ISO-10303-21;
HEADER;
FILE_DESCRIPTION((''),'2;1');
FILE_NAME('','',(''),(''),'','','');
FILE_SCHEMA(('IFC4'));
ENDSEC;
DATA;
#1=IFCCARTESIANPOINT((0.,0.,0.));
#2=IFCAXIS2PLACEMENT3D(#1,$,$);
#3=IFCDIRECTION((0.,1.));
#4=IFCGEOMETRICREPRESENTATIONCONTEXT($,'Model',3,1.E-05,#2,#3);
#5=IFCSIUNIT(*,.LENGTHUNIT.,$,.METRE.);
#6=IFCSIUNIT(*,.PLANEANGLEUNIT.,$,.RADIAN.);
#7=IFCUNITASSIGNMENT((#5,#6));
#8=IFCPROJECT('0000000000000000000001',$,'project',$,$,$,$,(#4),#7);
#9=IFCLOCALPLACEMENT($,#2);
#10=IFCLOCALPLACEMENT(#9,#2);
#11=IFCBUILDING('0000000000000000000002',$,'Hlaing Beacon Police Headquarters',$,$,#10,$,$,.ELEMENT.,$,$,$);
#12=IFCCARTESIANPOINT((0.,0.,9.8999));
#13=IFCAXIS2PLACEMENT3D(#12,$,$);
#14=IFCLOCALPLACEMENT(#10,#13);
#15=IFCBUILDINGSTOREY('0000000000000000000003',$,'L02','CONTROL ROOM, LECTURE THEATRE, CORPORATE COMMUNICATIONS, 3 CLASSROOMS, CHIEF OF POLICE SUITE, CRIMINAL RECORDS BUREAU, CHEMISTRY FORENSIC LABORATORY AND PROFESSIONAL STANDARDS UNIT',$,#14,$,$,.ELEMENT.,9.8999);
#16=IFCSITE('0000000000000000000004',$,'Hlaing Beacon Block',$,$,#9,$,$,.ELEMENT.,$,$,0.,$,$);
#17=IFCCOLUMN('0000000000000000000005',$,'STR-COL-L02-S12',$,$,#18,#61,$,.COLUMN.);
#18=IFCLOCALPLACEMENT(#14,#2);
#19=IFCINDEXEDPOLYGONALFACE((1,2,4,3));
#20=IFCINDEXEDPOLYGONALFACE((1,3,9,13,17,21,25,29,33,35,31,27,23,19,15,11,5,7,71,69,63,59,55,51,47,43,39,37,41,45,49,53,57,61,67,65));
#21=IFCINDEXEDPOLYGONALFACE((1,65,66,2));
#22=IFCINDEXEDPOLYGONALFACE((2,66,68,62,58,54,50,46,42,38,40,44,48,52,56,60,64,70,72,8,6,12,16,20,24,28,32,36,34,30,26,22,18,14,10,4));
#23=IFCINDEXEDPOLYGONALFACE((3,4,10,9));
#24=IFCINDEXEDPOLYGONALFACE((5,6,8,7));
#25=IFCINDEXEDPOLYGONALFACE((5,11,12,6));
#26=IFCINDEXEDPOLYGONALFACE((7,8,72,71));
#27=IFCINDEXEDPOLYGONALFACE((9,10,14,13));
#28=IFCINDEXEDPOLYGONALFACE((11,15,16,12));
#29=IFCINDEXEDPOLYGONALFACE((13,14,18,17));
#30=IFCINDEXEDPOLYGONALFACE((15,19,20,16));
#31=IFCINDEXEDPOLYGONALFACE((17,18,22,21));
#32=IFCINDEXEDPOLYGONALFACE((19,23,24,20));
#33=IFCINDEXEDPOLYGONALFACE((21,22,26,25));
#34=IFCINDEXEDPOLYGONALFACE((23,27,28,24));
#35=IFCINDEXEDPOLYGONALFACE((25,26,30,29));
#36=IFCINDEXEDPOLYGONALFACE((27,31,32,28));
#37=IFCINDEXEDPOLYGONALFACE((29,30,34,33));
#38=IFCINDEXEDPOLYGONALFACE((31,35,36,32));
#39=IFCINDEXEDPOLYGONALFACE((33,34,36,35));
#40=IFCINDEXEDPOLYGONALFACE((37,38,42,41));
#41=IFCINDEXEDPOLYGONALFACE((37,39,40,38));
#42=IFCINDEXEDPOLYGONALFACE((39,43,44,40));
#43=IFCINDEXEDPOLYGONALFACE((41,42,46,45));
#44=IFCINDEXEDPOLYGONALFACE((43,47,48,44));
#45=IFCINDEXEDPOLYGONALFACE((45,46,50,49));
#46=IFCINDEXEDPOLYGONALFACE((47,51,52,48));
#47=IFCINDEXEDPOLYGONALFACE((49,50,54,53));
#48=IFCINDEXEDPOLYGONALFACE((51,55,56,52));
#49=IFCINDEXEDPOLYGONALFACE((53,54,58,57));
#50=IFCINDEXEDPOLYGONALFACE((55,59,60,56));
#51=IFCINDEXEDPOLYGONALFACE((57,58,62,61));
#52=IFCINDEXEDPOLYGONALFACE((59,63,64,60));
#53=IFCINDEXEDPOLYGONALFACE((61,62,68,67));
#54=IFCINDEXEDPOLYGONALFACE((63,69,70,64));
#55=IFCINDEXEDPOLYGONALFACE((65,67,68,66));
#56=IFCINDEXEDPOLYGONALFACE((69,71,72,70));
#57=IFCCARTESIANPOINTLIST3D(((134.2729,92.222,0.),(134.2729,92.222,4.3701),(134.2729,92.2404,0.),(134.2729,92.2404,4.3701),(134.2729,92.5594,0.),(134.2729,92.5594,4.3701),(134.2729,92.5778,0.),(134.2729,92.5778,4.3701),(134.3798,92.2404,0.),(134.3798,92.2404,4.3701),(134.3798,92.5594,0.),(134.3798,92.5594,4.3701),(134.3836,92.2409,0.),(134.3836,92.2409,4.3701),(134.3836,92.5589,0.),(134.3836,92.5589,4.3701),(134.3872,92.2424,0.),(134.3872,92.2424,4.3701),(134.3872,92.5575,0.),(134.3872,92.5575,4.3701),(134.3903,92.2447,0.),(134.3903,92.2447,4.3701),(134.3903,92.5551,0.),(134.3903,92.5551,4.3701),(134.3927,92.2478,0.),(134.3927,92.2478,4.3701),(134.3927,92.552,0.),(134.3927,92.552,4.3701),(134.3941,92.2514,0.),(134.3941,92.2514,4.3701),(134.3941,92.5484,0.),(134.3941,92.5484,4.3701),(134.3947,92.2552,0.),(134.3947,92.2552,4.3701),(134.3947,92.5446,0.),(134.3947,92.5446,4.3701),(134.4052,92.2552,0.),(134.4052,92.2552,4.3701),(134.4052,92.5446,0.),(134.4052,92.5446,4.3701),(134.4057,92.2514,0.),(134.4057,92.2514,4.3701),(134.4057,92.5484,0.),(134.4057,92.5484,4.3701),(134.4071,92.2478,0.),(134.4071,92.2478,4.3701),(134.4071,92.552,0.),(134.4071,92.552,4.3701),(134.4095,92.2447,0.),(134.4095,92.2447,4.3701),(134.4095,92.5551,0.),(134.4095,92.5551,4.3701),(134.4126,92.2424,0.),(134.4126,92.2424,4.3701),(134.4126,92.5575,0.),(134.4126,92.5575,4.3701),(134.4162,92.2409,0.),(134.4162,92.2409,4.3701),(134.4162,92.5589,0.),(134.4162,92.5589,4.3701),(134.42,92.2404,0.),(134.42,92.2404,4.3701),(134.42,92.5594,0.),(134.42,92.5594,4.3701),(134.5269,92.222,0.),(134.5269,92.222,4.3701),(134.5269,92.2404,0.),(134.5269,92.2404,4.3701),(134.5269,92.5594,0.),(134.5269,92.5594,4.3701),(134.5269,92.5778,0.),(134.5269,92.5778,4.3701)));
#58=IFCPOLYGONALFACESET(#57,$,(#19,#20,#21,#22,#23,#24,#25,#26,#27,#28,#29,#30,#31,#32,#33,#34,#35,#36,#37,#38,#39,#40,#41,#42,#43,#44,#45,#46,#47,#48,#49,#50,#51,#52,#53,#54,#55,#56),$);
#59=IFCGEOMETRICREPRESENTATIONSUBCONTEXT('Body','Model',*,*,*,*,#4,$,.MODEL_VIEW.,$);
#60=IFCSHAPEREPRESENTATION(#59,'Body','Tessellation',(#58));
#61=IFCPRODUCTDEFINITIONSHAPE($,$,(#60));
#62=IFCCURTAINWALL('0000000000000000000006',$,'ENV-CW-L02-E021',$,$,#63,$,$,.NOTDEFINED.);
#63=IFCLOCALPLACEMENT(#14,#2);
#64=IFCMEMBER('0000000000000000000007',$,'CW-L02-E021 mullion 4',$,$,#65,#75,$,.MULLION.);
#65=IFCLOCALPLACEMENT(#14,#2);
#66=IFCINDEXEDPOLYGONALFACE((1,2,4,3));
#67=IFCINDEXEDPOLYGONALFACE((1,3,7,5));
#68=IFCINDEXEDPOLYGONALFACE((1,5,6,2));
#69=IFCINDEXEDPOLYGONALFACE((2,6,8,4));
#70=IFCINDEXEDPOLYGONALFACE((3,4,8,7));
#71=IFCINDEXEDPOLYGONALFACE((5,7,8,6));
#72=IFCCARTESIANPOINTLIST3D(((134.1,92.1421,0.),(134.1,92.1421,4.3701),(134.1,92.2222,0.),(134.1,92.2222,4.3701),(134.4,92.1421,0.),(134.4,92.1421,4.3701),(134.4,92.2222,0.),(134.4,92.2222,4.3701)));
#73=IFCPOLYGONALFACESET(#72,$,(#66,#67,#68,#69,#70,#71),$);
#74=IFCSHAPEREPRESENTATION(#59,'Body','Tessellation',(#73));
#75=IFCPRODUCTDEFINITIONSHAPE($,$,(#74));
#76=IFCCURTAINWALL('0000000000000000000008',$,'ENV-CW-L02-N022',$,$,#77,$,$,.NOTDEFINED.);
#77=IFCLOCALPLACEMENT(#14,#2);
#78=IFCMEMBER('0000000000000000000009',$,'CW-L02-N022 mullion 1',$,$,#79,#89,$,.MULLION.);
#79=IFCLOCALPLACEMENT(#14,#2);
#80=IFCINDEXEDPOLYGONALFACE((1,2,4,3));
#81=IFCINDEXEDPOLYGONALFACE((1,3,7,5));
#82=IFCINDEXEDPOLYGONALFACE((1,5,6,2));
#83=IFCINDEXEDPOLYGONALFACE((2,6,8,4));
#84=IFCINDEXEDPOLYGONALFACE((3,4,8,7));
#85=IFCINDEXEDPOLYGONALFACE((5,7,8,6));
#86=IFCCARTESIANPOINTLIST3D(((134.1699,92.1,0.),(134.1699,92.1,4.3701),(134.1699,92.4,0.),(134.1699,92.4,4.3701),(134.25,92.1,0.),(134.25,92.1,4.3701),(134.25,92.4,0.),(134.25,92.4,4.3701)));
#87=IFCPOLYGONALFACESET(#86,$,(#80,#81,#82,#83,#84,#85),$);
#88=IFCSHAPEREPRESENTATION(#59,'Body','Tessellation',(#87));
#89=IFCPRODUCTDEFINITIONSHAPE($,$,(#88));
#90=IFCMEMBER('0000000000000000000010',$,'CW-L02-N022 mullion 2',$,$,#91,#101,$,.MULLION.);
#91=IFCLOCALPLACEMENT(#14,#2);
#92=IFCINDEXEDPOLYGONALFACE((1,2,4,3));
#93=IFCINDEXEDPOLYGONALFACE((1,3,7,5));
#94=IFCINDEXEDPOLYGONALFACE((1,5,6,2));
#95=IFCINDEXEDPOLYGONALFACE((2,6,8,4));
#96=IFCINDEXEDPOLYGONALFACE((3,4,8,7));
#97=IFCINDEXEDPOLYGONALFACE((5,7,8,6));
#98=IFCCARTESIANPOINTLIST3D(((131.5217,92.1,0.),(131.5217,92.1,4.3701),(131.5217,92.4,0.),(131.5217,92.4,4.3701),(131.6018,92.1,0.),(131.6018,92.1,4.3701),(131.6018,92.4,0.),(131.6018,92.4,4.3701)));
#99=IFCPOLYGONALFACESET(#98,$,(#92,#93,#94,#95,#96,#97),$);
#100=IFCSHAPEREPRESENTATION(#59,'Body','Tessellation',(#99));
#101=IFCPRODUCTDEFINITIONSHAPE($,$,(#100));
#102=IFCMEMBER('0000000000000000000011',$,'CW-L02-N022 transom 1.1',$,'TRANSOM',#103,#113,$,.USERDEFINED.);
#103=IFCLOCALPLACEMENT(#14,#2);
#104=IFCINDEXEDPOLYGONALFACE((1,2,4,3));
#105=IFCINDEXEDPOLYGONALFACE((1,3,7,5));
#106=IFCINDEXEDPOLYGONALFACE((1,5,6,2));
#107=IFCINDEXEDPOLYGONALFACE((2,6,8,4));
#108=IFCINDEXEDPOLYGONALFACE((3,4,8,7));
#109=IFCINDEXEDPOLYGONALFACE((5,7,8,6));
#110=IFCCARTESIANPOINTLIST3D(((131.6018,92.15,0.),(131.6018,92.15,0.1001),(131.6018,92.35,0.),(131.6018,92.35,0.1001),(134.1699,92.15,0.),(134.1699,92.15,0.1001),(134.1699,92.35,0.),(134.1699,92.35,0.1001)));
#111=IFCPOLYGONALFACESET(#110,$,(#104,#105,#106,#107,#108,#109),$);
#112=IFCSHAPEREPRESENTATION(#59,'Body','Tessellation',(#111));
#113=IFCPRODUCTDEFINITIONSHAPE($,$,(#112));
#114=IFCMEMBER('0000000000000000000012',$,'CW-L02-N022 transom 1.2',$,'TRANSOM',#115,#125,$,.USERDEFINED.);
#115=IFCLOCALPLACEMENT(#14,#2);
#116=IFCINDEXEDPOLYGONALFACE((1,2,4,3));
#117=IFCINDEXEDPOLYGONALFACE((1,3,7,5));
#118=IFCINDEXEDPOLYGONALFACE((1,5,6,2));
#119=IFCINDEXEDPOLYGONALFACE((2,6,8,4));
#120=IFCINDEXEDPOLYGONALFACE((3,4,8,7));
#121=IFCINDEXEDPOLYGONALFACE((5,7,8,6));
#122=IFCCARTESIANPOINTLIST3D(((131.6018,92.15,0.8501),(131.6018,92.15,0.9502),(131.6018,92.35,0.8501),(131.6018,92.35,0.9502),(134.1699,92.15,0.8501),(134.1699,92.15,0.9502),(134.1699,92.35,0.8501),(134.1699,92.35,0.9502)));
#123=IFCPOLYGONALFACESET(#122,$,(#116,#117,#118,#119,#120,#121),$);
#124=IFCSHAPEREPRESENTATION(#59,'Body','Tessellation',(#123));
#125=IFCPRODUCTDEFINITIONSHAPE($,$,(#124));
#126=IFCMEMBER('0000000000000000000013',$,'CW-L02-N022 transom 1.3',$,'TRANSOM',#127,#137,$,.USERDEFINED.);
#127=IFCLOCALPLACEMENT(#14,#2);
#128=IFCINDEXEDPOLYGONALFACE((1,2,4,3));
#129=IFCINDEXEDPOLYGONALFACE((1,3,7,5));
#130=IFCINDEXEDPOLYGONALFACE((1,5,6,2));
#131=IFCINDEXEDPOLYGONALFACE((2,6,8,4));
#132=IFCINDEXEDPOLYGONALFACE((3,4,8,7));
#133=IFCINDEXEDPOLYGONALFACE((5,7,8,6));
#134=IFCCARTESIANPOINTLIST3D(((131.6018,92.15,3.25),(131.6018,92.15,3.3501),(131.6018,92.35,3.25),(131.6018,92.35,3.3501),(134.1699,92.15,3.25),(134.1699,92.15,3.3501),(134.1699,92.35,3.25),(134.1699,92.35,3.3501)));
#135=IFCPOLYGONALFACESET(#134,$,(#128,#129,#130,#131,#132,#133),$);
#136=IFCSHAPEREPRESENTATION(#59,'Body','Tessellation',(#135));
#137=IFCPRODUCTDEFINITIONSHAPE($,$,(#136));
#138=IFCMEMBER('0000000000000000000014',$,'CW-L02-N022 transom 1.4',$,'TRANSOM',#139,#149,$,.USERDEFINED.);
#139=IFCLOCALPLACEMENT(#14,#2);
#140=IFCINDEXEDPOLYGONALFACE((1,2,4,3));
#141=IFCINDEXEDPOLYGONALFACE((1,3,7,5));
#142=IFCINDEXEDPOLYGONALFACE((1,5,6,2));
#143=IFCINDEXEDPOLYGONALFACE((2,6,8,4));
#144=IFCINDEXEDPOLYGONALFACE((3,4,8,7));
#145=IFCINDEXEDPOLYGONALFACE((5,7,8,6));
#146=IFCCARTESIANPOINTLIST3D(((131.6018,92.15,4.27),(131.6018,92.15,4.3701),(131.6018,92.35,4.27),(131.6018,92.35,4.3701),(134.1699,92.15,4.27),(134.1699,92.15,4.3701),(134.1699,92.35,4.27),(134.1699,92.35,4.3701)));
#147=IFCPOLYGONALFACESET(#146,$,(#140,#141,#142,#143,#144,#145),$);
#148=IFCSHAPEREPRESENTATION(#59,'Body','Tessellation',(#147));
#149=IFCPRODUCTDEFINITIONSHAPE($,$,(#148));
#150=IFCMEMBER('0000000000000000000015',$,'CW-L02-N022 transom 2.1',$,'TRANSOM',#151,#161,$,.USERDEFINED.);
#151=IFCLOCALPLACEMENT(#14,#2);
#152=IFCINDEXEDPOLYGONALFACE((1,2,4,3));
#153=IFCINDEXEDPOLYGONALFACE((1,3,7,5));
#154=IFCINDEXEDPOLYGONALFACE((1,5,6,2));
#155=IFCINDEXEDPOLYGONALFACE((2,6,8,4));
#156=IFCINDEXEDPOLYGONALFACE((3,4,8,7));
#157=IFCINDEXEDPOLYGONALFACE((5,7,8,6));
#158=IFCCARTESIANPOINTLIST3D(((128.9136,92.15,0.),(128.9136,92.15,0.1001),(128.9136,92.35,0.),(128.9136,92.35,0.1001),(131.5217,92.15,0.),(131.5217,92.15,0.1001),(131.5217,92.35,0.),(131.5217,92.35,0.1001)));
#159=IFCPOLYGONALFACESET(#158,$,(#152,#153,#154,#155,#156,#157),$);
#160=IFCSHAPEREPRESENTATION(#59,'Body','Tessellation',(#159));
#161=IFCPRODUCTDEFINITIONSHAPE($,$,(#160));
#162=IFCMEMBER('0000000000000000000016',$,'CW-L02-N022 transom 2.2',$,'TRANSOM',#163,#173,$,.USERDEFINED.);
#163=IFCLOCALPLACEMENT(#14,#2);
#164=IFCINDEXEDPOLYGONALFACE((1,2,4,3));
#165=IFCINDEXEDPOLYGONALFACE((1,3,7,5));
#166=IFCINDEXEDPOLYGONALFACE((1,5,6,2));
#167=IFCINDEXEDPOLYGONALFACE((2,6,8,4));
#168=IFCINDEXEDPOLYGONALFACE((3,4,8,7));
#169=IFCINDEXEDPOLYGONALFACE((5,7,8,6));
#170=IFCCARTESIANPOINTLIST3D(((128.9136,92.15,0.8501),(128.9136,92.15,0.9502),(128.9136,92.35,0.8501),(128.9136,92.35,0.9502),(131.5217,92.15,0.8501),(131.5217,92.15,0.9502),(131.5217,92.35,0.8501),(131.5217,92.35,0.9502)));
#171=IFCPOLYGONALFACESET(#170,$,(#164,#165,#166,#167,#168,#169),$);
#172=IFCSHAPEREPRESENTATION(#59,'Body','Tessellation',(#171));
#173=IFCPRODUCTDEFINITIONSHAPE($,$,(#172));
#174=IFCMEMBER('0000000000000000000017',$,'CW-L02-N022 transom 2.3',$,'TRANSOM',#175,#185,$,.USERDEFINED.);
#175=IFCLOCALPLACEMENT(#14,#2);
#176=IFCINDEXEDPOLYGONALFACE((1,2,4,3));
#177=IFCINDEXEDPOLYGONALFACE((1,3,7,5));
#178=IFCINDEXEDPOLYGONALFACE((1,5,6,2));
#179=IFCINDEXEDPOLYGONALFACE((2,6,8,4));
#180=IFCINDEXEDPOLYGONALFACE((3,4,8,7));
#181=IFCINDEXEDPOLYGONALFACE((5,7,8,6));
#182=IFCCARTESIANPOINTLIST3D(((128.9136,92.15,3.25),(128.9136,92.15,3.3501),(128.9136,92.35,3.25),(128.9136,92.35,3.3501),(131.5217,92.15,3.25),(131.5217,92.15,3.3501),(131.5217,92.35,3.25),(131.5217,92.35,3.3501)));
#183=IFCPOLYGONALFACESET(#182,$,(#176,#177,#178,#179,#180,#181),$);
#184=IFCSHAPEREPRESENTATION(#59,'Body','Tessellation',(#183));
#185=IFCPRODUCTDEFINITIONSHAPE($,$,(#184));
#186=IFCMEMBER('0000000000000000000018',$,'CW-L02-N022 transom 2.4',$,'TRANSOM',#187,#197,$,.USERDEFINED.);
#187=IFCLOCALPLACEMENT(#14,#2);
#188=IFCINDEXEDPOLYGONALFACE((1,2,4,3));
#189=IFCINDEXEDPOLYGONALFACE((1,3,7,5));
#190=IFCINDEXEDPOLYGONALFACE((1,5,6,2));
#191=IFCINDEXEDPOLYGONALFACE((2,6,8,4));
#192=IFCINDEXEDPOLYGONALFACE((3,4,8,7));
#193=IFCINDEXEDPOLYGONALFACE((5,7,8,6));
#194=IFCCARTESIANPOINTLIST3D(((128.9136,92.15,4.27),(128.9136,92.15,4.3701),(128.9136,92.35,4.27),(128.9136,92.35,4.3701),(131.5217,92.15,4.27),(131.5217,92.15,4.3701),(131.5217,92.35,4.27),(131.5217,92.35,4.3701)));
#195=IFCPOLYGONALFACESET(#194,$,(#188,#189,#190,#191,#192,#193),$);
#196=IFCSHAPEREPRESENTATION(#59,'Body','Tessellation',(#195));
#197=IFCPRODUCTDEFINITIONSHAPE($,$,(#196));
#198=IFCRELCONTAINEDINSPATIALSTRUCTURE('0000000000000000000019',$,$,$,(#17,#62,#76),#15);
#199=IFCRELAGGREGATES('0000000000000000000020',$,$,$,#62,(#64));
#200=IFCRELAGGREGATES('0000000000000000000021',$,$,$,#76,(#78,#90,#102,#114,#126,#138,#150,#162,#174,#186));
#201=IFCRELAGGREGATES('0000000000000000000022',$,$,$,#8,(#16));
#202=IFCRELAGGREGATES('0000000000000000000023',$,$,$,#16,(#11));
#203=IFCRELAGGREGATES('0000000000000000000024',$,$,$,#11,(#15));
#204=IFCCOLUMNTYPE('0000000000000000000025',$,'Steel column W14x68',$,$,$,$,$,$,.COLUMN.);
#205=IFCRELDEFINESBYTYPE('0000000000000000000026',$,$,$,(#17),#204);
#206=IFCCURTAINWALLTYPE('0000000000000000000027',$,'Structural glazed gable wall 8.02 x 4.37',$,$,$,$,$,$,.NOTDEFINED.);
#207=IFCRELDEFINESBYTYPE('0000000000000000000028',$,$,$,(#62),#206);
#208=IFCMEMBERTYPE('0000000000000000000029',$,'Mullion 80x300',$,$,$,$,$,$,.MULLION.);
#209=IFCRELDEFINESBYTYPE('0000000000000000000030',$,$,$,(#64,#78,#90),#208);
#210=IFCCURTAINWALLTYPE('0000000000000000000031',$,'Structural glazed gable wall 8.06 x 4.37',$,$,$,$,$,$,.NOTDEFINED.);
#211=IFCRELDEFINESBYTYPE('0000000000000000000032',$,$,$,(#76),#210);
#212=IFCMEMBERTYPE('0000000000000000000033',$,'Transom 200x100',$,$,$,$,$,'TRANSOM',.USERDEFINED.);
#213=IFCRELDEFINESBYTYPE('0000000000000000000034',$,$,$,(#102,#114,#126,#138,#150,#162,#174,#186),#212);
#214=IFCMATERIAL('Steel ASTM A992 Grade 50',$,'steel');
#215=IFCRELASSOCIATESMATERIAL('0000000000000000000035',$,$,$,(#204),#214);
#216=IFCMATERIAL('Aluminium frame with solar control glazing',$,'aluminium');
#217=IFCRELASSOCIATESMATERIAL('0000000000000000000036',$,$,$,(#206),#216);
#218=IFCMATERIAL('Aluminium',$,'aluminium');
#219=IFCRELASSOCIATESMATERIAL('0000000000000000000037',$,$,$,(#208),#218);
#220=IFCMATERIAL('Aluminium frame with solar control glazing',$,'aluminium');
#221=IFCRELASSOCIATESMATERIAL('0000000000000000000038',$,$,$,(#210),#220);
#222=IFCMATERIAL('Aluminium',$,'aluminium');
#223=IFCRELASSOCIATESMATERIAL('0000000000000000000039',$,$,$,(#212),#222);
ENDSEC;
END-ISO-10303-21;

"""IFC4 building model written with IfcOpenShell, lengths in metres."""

from ifc_helpers import new_model, si_unit, direction, frame, origin, origin_2d, place, context, subcontext, project, spatial, rectangle, i_section, extrude, material, material_profile, profile_set, type_object, element, aggregate, save


model = new_model("IFC4")

# Units and contexts
model_context = context("Model", 3, precision=1e-05, world=origin(), true_north=direction((0.0, 1.0)))
body_context = subcontext(model_context, "Body", "Model", "MODEL_VIEW")
ifc_project = project(units=[si_unit("LENGTHUNIT", "METRE"), si_unit("PLANEANGLEUNIT", "RADIAN")], contexts=[model_context])

# Site, building, storey
site_placement = place(None, origin())
site = spatial("IfcSite", under=ifc_project, at=site_placement, Name="Hlaing Beacon Block", CompositionType="ELEMENT", RefElevation=0.0)
building_placement = place(site_placement, origin())
building = spatial("IfcBuilding", under=site, at=building_placement, Name="Hlaing Beacon Police Headquarters", CompositionType="ELEMENT")
storey_placement = place(building_placement, frame((0.0, 0.0, 9.8999)))
storey = spatial("IfcBuildingStorey", under=building, at=storey_placement, Name="L02", Description="CONTROL ROOM, LECTURE THEATRE, CORPORATE COMMUNICATIONS, 3 CLASSROOMS, CHIEF OF POLICE SUITE, CRIMINAL RECORDS BUREAU, CHEMISTRY FORENSIC LABORATORY AND PROFESSIONAL STANDARDS UNIT", CompositionType="ELEMENT", Elevation=9.8999)

# Column
ifc_material_1 = material(Name="Steel ASTM A992 Grade 50", Category="steel")
ifc_material_profile_1 = material_profile(ifc_material_1, i_section(OverallWidth=0.2539, OverallDepth=0.3557, WebThickness=0.0105, FlangeThickness=0.0183, FilletRadius=0.0149, at=origin_2d()), Name="W14x68")
ifc_profile_set_1 = profile_set([ifc_material_profile_1], Name="Steel ASTM A992 Grade 50")
column_type = type_object("IfcColumnType", Name="Steel column W14x68", PredefinedType="COLUMN", material=ifc_profile_set_1)
column_placement = place(storey_placement, frame((134.3999, 92.3999, 0.0), z_axis=(0.0, 0.0, 1.0), x_axis=(1.0, 0.0, 0.0)))
element("IfcColumn", 1, at=column_placement, inside=storey, type_object=column_type, Name="STR-COL-L02-S12", PredefinedType="COLUMN", context=body_context, shape_type="SweptSolid", body=[
    extrude(i_section(OverallWidth=0.2539, OverallDepth=0.3557, WebThickness=0.0105, FlangeThickness=0.0183, FilletRadius=0.0149, at=origin_2d()), origin(), (0.0, 0.0, 1.0), 4.3701),
])

# Curtain wall, member
ifc_material_2 = material(Name="Aluminium frame with solar control glazing", Category="aluminium")
curtain_wall_type_1 = type_object("IfcCurtainWallType", Name="Structural glazed gable wall 8.02 x 4.37", PredefinedType="NOTDEFINED", material=ifc_material_2)
curtain_wall_1_placement = place(storey_placement, origin())
curtain_wall_1 = element("IfcCurtainWall", 2, at=curtain_wall_1_placement, inside=storey, type_object=curtain_wall_type_1, Name="ENV-CW-L02-E021", PredefinedType="NOTDEFINED")
ifc_material_3 = material(Name="Aluminium", Category="aluminium")
ifc_material_profile_2 = material_profile(ifc_material_3, rectangle(XDim=0.3, YDim=0.0801, at=origin_2d()), Name="Mullion 80x300")
ifc_profile_set_2 = profile_set([ifc_material_profile_2], Name="Aluminium")
member_type_1 = type_object("IfcMemberType", Name="Mullion 80x300", PredefinedType="MULLION", material=ifc_profile_set_2)
member_1_placement = place(storey_placement, frame((134.25, 92.1821, 0.0), z_axis=(0.0, 0.0, 1.0), x_axis=(-1.0, 0.0, 0.0)))
member_1 = element("IfcMember", 3, at=member_1_placement, type_object=member_type_1, Name="CW-L02-E021 mullion 4", PredefinedType="MULLION", context=body_context, shape_type="SweptSolid", body=[
    extrude(rectangle(XDim=0.3, YDim=0.0801, at=origin_2d()), origin(), (0.0, 0.0, 1.0), 4.3701),
])

# Curtain wall, members
ifc_material_4 = material(Name="Aluminium frame with solar control glazing", Category="aluminium")
curtain_wall_type_2 = type_object("IfcCurtainWallType", Name="Structural glazed gable wall 8.06 x 4.37", PredefinedType="NOTDEFINED", material=ifc_material_4)
curtain_wall_2_placement = place(storey_placement, origin())
curtain_wall_2 = element("IfcCurtainWall", 4, at=curtain_wall_2_placement, inside=storey, type_object=curtain_wall_type_2, Name="ENV-CW-L02-N022", PredefinedType="NOTDEFINED")
member_2_placement = place(storey_placement, frame((134.21, 92.25, 0.0), z_axis=(0.0, 0.0, 1.0), x_axis=(0.0, -1.0, 0.0)))
member_2 = element("IfcMember", 5, at=member_2_placement, type_object=member_type_1, Name="CW-L02-N022 mullion 1", PredefinedType="MULLION", context=body_context, shape_type="SweptSolid", body=[
    extrude(rectangle(XDim=0.3, YDim=0.0801, at=origin_2d()), origin(), (0.0, 0.0, 1.0), 4.3701),
])
member_3_placement = place(storey_placement, frame((131.5618, 92.25, 0.0), z_axis=(0.0, 0.0, 1.0), x_axis=(0.0, -1.0, 0.0)))
member_3 = element("IfcMember", 6, at=member_3_placement, type_object=member_type_1, Name="CW-L02-N022 mullion 2", PredefinedType="MULLION", context=body_context, shape_type="SweptSolid", body=[
    extrude(rectangle(XDim=0.3, YDim=0.0801, at=origin_2d()), origin(), (0.0, 0.0, 1.0), 4.3701),
])
ifc_material_5 = material(Name="Aluminium", Category="aluminium")
ifc_material_profile_3 = material_profile(ifc_material_5, rectangle(XDim=0.2, YDim=0.1001, at=origin_2d()), Name="Transom 200x100")
ifc_profile_set_3 = profile_set([ifc_material_profile_3], Name="Aluminium")
member_type_2 = type_object("IfcMemberType", Name="Transom 200x100", ElementType="TRANSOM", PredefinedType="USERDEFINED", material=ifc_profile_set_3)
member_4_placement = place(storey_placement, frame((134.1699, 92.25, 0.05), z_axis=(-1.0, 0.0, 0.0), x_axis=(0.0, -1.0, 0.0)))
member_4 = element("IfcMember", 7, at=member_4_placement, type_object=member_type_2, Name="CW-L02-N022 transom 1.1", ObjectType="TRANSOM", PredefinedType="USERDEFINED", context=body_context, shape_type="SweptSolid", body=[
    extrude(rectangle(XDim=0.2, YDim=0.1001, at=origin_2d()), origin(), (0.0, 0.0, 1.0), 2.5681),
])
member_5_placement = place(storey_placement, frame((134.1699, 92.25, 0.9001), z_axis=(-1.0, 0.0, 0.0), x_axis=(0.0, -1.0, 0.0)))
member_5 = element("IfcMember", 8, at=member_5_placement, type_object=member_type_2, Name="CW-L02-N022 transom 1.2", ObjectType="TRANSOM", PredefinedType="USERDEFINED", context=body_context, shape_type="SweptSolid", body=[
    extrude(rectangle(XDim=0.2, YDim=0.1001, at=origin_2d()), origin(), (0.0, 0.0, 1.0), 2.5681),
])
member_6_placement = place(storey_placement, frame((134.1699, 92.25, 3.3), z_axis=(-1.0, 0.0, 0.0), x_axis=(0.0, -1.0, 0.0)))
member_6 = element("IfcMember", 9, at=member_6_placement, type_object=member_type_2, Name="CW-L02-N022 transom 1.3", ObjectType="TRANSOM", PredefinedType="USERDEFINED", context=body_context, shape_type="SweptSolid", body=[
    extrude(rectangle(XDim=0.2, YDim=0.1001, at=origin_2d()), origin(), (0.0, 0.0, 1.0), 2.5681),
])
member_7_placement = place(storey_placement, frame((134.1699, 92.25, 4.3201), z_axis=(-1.0, 0.0, 0.0), x_axis=(0.0, -1.0, 0.0)))
member_7 = element("IfcMember", 10, at=member_7_placement, type_object=member_type_2, Name="CW-L02-N022 transom 1.4", ObjectType="TRANSOM", PredefinedType="USERDEFINED", context=body_context, shape_type="SweptSolid", body=[
    extrude(rectangle(XDim=0.2, YDim=0.1001, at=origin_2d()), origin(), (0.0, 0.0, 1.0), 2.5681),
])
member_8_placement = place(storey_placement, frame((131.5217, 92.25, 0.05), z_axis=(-1.0, 0.0, 0.0), x_axis=(0.0, -1.0, 0.0)))
member_8 = element("IfcMember", 11, at=member_8_placement, type_object=member_type_2, Name="CW-L02-N022 transom 2.1", ObjectType="TRANSOM", PredefinedType="USERDEFINED", context=body_context, shape_type="SweptSolid", body=[
    extrude(rectangle(XDim=0.2, YDim=0.1001, at=origin_2d()), origin(), (0.0, 0.0, 1.0), 2.6082),
])
member_9_placement = place(storey_placement, frame((131.5217, 92.25, 0.9001), z_axis=(-1.0, 0.0, 0.0), x_axis=(0.0, -1.0, 0.0)))
member_9 = element("IfcMember", 12, at=member_9_placement, type_object=member_type_2, Name="CW-L02-N022 transom 2.2", ObjectType="TRANSOM", PredefinedType="USERDEFINED", context=body_context, shape_type="SweptSolid", body=[
    extrude(rectangle(XDim=0.2, YDim=0.1001, at=origin_2d()), origin(), (0.0, 0.0, 1.0), 2.6082),
])
member_10_placement = place(storey_placement, frame((131.5217, 92.25, 3.3), z_axis=(-1.0, 0.0, 0.0), x_axis=(0.0, -1.0, 0.0)))
member_10 = element("IfcMember", 13, at=member_10_placement, type_object=member_type_2, Name="CW-L02-N022 transom 2.3", ObjectType="TRANSOM", PredefinedType="USERDEFINED", context=body_context, shape_type="SweptSolid", body=[
    extrude(rectangle(XDim=0.2, YDim=0.1001, at=origin_2d()), origin(), (0.0, 0.0, 1.0), 2.6082),
])
member_11_placement = place(storey_placement, frame((131.5217, 92.25, 4.3201), z_axis=(-1.0, 0.0, 0.0), x_axis=(0.0, -1.0, 0.0)))
member_11 = element("IfcMember", 14, at=member_11_placement, type_object=member_type_2, Name="CW-L02-N022 transom 2.4", ObjectType="TRANSOM", PredefinedType="USERDEFINED", context=body_context, shape_type="SweptSolid", body=[
    extrude(rectangle(XDim=0.2, YDim=0.1001, at=origin_2d()), origin(), (0.0, 0.0, 1.0), 2.6082),
])

aggregate(curtain_wall_1, [member_1])
aggregate(curtain_wall_2, [member_2, member_3, member_4, member_5, member_6, member_7, member_8, member_9, member_10, member_11])

save(model, "model.ifc")
